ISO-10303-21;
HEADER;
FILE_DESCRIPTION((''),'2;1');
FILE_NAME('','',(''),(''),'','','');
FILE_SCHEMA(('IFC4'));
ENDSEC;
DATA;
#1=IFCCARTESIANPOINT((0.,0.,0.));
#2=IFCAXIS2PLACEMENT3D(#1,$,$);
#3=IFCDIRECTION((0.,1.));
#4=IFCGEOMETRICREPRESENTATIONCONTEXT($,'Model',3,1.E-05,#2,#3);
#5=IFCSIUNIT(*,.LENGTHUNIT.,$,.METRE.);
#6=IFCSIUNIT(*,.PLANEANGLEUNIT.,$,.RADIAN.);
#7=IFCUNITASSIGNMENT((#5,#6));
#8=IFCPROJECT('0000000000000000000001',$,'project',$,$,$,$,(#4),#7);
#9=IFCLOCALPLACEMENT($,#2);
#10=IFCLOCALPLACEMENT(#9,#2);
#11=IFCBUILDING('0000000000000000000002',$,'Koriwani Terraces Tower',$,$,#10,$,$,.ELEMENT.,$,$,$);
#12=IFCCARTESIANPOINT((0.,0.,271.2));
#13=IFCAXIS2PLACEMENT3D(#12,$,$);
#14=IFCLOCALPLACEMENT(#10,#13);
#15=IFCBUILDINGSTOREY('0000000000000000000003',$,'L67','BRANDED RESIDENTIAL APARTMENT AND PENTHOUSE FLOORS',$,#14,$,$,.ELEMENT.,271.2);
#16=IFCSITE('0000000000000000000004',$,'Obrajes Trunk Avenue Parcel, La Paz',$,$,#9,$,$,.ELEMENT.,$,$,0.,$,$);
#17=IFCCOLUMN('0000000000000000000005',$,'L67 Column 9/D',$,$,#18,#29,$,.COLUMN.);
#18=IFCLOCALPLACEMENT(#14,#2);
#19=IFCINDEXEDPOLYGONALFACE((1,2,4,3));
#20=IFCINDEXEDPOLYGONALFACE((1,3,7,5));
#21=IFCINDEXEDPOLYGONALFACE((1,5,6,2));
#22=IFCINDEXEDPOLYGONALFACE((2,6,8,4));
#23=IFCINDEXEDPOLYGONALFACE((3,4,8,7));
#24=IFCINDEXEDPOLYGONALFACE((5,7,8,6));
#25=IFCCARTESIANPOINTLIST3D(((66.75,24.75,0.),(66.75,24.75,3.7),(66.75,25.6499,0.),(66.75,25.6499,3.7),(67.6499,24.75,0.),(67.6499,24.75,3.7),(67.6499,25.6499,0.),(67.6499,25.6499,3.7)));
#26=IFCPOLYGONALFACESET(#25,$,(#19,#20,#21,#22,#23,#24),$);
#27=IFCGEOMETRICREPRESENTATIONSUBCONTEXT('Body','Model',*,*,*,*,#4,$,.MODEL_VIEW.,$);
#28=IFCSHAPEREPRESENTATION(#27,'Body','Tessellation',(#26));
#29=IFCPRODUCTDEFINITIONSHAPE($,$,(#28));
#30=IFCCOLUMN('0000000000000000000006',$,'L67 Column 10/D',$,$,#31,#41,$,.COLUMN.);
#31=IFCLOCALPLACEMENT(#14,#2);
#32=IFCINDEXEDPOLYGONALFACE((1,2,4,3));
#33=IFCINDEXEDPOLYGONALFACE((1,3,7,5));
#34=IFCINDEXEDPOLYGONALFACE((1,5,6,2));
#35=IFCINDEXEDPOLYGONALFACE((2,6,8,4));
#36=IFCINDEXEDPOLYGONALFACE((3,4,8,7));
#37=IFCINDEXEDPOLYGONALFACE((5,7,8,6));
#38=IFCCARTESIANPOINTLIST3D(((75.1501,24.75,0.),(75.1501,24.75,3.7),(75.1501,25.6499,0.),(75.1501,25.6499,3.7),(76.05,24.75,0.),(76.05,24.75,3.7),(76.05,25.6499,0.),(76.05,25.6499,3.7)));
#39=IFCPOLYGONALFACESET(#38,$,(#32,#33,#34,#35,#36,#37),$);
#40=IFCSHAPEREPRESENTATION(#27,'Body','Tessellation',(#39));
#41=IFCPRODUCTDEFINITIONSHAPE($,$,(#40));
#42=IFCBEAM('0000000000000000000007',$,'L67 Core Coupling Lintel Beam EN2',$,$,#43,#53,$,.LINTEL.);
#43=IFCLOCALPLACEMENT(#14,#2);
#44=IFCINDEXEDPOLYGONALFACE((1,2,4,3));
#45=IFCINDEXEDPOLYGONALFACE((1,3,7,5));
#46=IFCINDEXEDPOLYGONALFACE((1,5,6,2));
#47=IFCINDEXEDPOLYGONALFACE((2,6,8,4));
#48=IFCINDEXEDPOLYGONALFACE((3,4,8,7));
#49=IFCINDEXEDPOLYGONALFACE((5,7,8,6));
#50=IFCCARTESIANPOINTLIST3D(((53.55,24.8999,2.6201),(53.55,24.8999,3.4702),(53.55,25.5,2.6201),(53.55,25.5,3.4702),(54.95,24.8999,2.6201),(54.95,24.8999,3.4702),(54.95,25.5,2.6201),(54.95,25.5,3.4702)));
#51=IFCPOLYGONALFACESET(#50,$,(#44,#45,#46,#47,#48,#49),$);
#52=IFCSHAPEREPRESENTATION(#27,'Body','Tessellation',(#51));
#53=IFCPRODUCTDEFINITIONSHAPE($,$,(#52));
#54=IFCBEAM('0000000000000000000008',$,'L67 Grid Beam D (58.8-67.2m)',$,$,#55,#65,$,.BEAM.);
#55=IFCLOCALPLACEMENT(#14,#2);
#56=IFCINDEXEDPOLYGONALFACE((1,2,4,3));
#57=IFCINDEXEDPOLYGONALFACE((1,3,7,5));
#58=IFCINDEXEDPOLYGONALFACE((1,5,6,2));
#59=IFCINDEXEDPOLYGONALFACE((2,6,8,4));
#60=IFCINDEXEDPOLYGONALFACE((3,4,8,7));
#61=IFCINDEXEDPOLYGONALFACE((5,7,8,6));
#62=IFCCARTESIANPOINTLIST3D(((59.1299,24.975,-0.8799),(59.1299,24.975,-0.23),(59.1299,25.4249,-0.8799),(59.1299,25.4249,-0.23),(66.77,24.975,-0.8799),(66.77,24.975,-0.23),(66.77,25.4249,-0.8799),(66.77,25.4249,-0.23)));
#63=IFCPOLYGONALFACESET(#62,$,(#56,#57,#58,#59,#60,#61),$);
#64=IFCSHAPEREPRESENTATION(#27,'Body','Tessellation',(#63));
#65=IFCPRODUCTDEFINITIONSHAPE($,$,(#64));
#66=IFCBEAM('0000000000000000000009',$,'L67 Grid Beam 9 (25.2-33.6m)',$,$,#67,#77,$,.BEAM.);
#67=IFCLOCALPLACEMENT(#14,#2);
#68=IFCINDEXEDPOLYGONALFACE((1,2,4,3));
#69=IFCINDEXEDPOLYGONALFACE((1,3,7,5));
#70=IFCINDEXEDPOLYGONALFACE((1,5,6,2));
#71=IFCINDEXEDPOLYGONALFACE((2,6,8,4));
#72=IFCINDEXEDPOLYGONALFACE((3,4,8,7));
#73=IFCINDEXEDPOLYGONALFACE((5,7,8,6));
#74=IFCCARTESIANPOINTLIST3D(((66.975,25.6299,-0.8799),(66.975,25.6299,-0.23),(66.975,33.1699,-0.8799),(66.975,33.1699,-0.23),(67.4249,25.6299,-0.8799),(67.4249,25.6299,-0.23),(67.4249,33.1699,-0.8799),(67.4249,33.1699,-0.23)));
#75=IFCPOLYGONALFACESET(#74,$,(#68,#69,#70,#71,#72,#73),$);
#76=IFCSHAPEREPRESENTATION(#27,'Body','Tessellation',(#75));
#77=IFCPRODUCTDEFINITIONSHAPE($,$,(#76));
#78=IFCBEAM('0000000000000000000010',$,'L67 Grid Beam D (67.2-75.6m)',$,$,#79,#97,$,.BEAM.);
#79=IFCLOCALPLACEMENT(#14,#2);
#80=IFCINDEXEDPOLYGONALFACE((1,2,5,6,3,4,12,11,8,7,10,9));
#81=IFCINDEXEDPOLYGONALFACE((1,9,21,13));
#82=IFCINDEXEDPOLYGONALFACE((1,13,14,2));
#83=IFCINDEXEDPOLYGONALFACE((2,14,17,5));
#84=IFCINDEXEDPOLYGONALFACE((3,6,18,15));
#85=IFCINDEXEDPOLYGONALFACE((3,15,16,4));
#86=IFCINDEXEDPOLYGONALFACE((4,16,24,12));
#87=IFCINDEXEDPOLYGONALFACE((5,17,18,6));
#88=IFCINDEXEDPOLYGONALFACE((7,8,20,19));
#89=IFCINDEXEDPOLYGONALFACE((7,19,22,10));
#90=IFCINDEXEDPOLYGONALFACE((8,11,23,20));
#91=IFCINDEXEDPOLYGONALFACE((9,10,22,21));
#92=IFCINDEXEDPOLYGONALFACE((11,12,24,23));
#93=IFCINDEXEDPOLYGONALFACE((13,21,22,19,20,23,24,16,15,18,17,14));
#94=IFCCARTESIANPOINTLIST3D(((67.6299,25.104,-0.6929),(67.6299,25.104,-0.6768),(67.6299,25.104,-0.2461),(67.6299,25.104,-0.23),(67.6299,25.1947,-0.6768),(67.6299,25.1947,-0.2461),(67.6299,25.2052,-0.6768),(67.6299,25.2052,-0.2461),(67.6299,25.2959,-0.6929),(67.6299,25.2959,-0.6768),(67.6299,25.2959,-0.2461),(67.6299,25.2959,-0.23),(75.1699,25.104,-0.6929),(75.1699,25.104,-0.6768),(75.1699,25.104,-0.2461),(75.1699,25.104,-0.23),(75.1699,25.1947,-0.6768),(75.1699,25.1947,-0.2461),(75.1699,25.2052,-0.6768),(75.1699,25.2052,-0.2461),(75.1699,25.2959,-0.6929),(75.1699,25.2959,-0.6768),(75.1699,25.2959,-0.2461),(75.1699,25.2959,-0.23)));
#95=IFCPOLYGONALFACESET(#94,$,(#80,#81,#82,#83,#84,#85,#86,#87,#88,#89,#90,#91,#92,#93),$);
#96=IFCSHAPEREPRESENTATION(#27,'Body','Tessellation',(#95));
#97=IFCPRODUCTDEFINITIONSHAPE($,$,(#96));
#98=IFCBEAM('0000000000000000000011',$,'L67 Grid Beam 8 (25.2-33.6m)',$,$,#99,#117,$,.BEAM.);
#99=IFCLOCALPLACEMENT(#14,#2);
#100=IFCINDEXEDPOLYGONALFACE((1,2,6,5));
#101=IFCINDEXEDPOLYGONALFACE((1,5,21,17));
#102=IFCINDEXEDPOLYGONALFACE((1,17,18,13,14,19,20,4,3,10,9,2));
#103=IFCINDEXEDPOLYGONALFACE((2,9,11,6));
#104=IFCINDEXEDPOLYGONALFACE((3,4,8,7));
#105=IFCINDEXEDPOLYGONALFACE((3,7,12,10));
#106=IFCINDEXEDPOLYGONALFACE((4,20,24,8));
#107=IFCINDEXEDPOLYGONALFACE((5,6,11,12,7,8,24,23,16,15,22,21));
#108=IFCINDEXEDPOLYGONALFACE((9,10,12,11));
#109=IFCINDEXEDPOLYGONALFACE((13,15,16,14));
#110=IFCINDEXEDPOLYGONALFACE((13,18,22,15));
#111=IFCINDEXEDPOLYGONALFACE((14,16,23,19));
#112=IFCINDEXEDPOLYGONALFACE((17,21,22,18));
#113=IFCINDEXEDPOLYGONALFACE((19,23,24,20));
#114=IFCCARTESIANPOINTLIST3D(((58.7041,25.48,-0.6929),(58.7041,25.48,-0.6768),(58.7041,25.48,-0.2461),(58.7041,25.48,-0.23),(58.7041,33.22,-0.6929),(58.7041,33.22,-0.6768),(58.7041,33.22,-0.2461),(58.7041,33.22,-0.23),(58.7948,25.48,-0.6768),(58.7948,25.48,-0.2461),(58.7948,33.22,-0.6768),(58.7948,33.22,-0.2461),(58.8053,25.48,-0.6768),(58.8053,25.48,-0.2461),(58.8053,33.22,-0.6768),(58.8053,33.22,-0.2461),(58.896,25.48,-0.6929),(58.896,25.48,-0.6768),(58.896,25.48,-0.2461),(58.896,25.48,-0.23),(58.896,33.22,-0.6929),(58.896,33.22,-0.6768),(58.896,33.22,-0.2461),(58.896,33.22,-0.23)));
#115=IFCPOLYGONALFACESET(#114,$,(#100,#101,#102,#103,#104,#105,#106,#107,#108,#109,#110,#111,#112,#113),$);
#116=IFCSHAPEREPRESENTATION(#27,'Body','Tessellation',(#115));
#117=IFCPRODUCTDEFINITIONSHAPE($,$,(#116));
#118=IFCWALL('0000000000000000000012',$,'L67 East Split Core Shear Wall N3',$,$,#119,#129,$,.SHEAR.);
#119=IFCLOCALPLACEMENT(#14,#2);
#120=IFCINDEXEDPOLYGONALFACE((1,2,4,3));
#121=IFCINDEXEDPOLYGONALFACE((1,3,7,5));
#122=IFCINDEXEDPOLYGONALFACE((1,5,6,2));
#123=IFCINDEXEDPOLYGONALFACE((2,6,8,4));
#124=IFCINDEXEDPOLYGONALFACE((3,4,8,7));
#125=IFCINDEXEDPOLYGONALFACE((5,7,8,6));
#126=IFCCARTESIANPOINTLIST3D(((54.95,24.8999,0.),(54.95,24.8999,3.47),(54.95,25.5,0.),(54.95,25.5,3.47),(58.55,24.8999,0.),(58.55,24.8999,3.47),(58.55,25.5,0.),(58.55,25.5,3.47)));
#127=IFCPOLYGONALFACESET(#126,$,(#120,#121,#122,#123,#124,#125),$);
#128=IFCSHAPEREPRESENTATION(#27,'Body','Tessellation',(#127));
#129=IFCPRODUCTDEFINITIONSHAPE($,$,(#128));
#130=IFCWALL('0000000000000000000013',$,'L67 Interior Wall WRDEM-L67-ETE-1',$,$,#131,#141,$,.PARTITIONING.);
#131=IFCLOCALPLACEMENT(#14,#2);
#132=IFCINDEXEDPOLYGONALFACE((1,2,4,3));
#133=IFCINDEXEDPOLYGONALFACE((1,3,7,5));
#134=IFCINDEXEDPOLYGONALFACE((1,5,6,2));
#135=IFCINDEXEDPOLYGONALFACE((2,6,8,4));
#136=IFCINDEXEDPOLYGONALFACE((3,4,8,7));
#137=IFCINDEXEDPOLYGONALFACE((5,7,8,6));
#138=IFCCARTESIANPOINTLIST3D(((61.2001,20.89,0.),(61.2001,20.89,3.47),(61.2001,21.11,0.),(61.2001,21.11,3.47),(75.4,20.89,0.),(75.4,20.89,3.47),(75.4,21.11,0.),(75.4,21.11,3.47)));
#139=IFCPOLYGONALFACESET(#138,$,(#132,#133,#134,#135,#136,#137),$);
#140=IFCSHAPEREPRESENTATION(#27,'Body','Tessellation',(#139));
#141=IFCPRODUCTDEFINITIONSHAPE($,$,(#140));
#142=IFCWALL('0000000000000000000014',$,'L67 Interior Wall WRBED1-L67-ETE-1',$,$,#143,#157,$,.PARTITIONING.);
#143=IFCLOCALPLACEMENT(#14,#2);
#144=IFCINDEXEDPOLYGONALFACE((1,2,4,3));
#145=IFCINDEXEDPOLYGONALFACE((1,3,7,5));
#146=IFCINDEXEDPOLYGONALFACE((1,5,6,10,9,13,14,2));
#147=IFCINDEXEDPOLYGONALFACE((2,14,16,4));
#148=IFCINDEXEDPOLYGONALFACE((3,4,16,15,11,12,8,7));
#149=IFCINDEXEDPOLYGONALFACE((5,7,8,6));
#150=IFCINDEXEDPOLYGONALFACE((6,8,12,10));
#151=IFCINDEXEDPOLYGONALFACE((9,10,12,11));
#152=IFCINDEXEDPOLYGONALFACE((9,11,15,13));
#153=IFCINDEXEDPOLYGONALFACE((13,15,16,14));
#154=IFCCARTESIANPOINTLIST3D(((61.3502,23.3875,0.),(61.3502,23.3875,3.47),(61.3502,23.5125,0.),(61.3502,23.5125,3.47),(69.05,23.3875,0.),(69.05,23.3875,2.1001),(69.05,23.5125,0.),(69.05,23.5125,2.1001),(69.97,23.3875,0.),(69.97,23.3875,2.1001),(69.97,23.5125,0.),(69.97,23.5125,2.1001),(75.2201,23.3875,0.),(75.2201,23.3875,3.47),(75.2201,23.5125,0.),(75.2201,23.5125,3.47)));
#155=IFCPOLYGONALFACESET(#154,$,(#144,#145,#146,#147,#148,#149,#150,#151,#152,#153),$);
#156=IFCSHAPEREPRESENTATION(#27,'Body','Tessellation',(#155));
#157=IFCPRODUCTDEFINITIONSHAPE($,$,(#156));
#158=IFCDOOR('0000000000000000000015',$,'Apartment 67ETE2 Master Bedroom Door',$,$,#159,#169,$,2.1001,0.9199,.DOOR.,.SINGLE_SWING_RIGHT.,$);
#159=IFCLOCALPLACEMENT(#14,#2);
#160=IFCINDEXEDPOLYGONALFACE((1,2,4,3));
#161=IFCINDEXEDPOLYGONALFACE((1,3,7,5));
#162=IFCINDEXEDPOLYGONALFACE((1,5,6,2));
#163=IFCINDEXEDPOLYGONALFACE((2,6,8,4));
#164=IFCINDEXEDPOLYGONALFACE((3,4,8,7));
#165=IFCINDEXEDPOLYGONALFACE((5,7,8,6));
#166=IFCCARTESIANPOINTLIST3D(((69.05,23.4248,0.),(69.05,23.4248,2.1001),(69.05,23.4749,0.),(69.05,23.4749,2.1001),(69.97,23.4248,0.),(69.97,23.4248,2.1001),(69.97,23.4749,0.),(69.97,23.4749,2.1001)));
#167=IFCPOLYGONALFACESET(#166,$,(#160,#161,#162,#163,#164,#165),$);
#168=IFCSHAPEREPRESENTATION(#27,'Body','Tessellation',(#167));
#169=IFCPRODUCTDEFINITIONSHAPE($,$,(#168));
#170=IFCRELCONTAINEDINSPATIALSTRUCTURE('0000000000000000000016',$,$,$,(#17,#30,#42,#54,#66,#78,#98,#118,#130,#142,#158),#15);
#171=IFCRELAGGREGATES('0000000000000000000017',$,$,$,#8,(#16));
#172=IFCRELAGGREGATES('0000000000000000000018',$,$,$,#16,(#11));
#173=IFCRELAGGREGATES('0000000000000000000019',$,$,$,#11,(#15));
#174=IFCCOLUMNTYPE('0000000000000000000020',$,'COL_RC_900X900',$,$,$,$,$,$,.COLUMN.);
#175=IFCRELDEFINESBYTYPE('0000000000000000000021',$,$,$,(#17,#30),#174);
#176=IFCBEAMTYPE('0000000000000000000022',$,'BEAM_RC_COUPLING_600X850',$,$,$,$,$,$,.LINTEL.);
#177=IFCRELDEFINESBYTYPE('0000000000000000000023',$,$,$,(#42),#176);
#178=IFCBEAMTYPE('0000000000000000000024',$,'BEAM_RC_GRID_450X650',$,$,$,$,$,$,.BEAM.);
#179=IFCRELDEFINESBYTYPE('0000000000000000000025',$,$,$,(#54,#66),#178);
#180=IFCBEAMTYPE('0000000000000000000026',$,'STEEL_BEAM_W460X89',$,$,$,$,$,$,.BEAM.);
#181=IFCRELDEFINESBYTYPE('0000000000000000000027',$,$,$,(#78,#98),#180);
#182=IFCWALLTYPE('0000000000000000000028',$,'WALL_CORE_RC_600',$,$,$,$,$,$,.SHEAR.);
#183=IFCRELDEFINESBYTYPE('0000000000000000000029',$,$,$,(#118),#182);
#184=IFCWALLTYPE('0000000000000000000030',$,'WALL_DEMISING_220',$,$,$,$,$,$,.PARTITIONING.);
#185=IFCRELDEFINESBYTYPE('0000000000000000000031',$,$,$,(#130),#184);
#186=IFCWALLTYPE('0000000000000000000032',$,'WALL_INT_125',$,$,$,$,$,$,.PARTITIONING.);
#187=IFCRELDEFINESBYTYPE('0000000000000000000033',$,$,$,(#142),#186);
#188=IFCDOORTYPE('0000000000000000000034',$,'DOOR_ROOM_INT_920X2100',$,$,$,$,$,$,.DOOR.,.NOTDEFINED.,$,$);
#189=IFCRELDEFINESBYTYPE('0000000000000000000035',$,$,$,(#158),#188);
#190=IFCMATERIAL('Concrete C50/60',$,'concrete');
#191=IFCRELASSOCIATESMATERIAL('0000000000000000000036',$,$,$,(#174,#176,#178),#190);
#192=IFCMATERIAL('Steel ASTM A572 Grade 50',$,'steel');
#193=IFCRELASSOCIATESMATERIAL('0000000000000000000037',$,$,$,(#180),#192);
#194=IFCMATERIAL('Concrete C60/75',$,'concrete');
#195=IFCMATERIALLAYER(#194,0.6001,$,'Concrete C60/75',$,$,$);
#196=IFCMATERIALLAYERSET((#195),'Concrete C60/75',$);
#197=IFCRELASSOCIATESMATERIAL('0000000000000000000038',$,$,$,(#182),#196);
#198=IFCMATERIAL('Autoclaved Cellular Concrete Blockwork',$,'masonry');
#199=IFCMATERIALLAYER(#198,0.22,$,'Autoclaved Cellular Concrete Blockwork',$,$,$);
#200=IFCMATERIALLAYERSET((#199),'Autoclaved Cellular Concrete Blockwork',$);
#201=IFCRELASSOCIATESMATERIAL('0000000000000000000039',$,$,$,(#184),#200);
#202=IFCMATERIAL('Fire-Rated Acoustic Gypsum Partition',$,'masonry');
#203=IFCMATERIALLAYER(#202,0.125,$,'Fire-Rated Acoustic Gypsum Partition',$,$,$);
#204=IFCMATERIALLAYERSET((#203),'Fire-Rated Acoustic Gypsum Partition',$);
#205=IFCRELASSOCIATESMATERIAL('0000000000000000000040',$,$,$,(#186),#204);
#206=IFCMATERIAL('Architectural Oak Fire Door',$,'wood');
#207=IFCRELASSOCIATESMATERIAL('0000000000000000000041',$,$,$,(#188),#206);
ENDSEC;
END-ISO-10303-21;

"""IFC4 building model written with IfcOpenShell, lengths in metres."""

from ifc_helpers import new_model, si_unit, direction, frame, frame_2d, origin, origin_2d, place, context, subcontext, project, spatial, rectangle, i_section, extrude, material, layer, layer_set, material_profile, profile_set, type_object, element, fill, save


model = new_model("IFC4")

# Units and contexts
model_context = context("Model", 3, precision=1e-05, world=origin(), true_north=direction((0.0, 1.0)))
body_context = subcontext(model_context, "Body", "Model", "MODEL_VIEW")
ifc_project = project(units=[si_unit("LENGTHUNIT", "METRE"), si_unit("PLANEANGLEUNIT", "RADIAN")], contexts=[model_context])

# Site, building, storey
site_placement = place(None, origin())
site = spatial("IfcSite", under=ifc_project, at=site_placement, Name="Obrajes Trunk Avenue Parcel, La Paz", CompositionType="ELEMENT", RefElevation=0.0)
building_placement = place(site_placement, origin())
building = spatial("IfcBuilding", under=site, at=building_placement, Name="Koriwani Terraces Tower", CompositionType="ELEMENT")
storey_placement = place(building_placement, frame((0.0, 0.0, 271.2)))
storey = spatial("IfcBuildingStorey", under=building, at=storey_placement, Name="L67", Description="BRANDED RESIDENTIAL APARTMENT AND PENTHOUSE FLOORS", CompositionType="ELEMENT", Elevation=271.2)

# Columns
ifc_material_1 = material(Name="Concrete C50/60", Category="concrete")
ifc_material_profile_1 = material_profile(ifc_material_1, rectangle(XDim=0.8999, YDim=0.8999, at=origin_2d()), Name="Concrete C50/60", Category="LoadBearing")
ifc_profile_set_1 = profile_set([ifc_material_profile_1], Name="Concrete C50/60")
column_type = type_object("IfcColumnType", Name="COL_RC_900X900", PredefinedType="COLUMN", material=ifc_profile_set_1)
for number, where, z_axis, x_axis, name in (
    (1, (67.2, 25.2, 0.0), (0.0, 0.0, 1.0), (1.0, 0.0, 0.0), "L67 Column 9/D"),
    (2, (75.6001, 25.2, 0.0), (0.0, 0.0, 1.0), (1.0, 0.0, 0.0), "L67 Column 10/D"),
):
    element("IfcColumn", number, at=place(storey_placement, frame(where, z_axis=z_axis, x_axis=x_axis)), inside=storey, type_object=column_type, Name=name, PredefinedType="COLUMN", context=body_context, shape_type="SweptSolid", body=[
        extrude(rectangle(XDim=0.8999, YDim=0.8999, at=origin_2d()), origin(), (0.0, 0.0, 1.0), 3.7),
    ])

# Beams
ifc_material_profile_2 = material_profile(ifc_material_1, rectangle(XDim=0.6001, YDim=0.8501, at=origin_2d()), Name="Concrete C50/60", Category="LoadBearing")
ifc_profile_set_2 = profile_set([ifc_material_profile_2], Name="Concrete C50/60")
beam_type_1 = type_object("IfcBeamType", Name="BEAM_RC_COUPLING_600X850", PredefinedType="LINTEL", material=ifc_profile_set_2)
beam_1_placement = place(storey_placement, frame((53.55, 25.2, 3.0452), z_axis=(1.0, 0.0, 0.0), x_axis=(0.0, 1.0, 0.0)))
element("IfcBeam", 3, at=beam_1_placement, inside=storey, type_object=beam_type_1, Name="L67 Core Coupling Lintel Beam EN2", PredefinedType="LINTEL", context=body_context, shape_type="SweptSolid", body=[
    extrude(rectangle(XDim=0.6001, YDim=0.8501, at=origin_2d()), origin(), (0.0, 0.0, 1.0), 1.3999),
])
ifc_material_profile_3 = material_profile(ifc_material_1, rectangle(XDim=0.45, YDim=0.6499, at=origin_2d()), Name="Concrete C50/60", Category="LoadBearing")
ifc_profile_set_3 = profile_set([ifc_material_profile_3], Name="Concrete C50/60")
beam_type_2 = type_object("IfcBeamType", Name="BEAM_RC_GRID_450X650", PredefinedType="BEAM", material=ifc_profile_set_3)
beam_2_placement = place(storey_placement, frame((59.1299, 25.2, -0.5549), z_axis=(1.0, 0.0, 0.0), x_axis=(0.0, 1.0, 0.0)))
element("IfcBeam", 4, at=beam_2_placement, inside=storey, type_object=beam_type_2, Name="L67 Grid Beam D (58.8-67.2m)", PredefinedType="BEAM", context=body_context, shape_type="SweptSolid", body=[
    extrude(rectangle(XDim=0.45, YDim=0.6499, at=origin_2d()), origin(), (0.0, 0.0, 1.0), 7.6401),
])
beam_3_placement = place(storey_placement, frame((67.2, 25.6299, -0.5549), z_axis=(0.0, 1.0, 0.0), x_axis=(-1.0, 0.0, 0.0)))
element("IfcBeam", 5, at=beam_3_placement, inside=storey, type_object=beam_type_2, Name="L67 Grid Beam 9 (25.2-33.6m)", PredefinedType="BEAM", context=body_context, shape_type="SweptSolid", body=[
    extrude(rectangle(XDim=0.45, YDim=0.6499, at=origin_2d()), origin(), (0.0, 0.0, 1.0), 7.54),
])
ifc_material_2 = material(Name="Steel ASTM A572 Grade 50", Category="steel")
ifc_material_profile_4 = material_profile(ifc_material_2, i_section(OverallWidth=0.1919, OverallDepth=0.4629, WebThickness=0.0105, FlangeThickness=0.0161, at=origin_2d()), Name="Steel ASTM A572 Grade 50", Category="LoadBearing")
ifc_profile_set_4 = profile_set([ifc_material_profile_4], Name="Steel ASTM A572 Grade 50")
beam_type_3 = type_object("IfcBeamType", Name="STEEL_BEAM_W460X89", PredefinedType="BEAM", material=ifc_profile_set_4)
beam_4_placement = place(storey_placement, frame((67.6299, 25.2, -0.4614), z_axis=(1.0, 0.0, 0.0), x_axis=(0.0, 1.0, 0.0)))
element("IfcBeam", 6, at=beam_4_placement, inside=storey, type_object=beam_type_3, Name="L67 Grid Beam D (67.2-75.6m)", PredefinedType="BEAM", context=body_context, shape_type="SweptSolid", body=[
    extrude(i_section(OverallWidth=0.1919, OverallDepth=0.4629, WebThickness=0.0105, FlangeThickness=0.0161, at=origin_2d()), origin(), (0.0, 0.0, 1.0), 7.54),
])
beam_5_placement = place(storey_placement, frame((58.8, 25.48, -0.4614), z_axis=(0.0, 1.0, 0.0), x_axis=(-1.0, 0.0, 0.0)))
element("IfcBeam", 7, at=beam_5_placement, inside=storey, type_object=beam_type_3, Name="L67 Grid Beam 8 (25.2-33.6m)", PredefinedType="BEAM", context=body_context, shape_type="SweptSolid", body=[
    extrude(i_section(OverallWidth=0.1919, OverallDepth=0.4629, WebThickness=0.0105, FlangeThickness=0.0161, at=origin_2d()), origin(), (0.0, 0.0, 1.0), 7.74),
])

# Walls
ifc_material_3 = material(Name="Concrete C60/75", Category="concrete")
ifc_layer_1 = layer(ifc_material_3, 0.6001, Name="Concrete C60/75")
ifc_layer_set_1 = layer_set([ifc_layer_1], Name="Concrete C60/75")
wall_type_1 = type_object("IfcWallType", Name="WALL_CORE_RC_600", PredefinedType="SHEAR", material=ifc_layer_set_1)
wall_1_placement = place(storey_placement, frame((54.95, 25.2, 0.0), z_axis=(0.0, 0.0, 1.0), x_axis=(1.0, 0.0, 0.0)))
element("IfcWall", 8, at=wall_1_placement, inside=storey, type_object=wall_type_1, Name="L67 East Split Core Shear Wall N3", PredefinedType="SHEAR", context=body_context, shape_type="SweptSolid", body=[
    extrude(rectangle(XDim=3.6001, YDim=0.6001, at=frame_2d((1.8, 0.0))), origin(), (0.0, 0.0, 1.0), 3.47),
])
ifc_material_4 = material(Name="Autoclaved Cellular Concrete Blockwork", Category="masonry")
ifc_layer_2 = layer(ifc_material_4, 0.22, Name="Autoclaved Cellular Concrete Blockwork")
ifc_layer_set_2 = layer_set([ifc_layer_2], Name="Autoclaved Cellular Concrete Blockwork")
wall_type_2 = type_object("IfcWallType", Name="WALL_DEMISING_220", PredefinedType="PARTITIONING", material=ifc_layer_set_2)
wall_2_placement = place(storey_placement, frame((61.2, 21.0, 0.0), z_axis=(0.0, 0.0, 1.0), x_axis=(1.0, 0.0, 0.0)))
element("IfcWall", 9, at=wall_2_placement, inside=storey, type_object=wall_type_2, Name="L67 Interior Wall WRDEM-L67-ETE-1", PredefinedType="PARTITIONING", context=body_context, shape_type="SweptSolid", body=[
    extrude(rectangle(XDim=14.2, YDim=0.22, at=frame_2d((7.1001, 0.0))), origin(), (0.0, 0.0, 1.0), 3.47),
])

# Wall, opening, door
ifc_material_5 = material(Name="Fire-Rated Acoustic Gypsum Partition", Category="masonry")
ifc_layer_3 = layer(ifc_material_5, 0.125, Name="Fire-Rated Acoustic Gypsum Partition")
ifc_layer_set_3 = layer_set([ifc_layer_3], Name="Fire-Rated Acoustic Gypsum Partition")
wall_type_3 = type_object("IfcWallType", Name="WALL_INT_125", PredefinedType="PARTITIONING", material=ifc_layer_set_3)
wall_3_placement = place(storey_placement, frame((61.3501, 23.45, 0.0), z_axis=(0.0, 0.0, 1.0), x_axis=(1.0, 0.0, 0.0)))
wall_3 = element("IfcWall", 10, at=wall_3_placement, inside=storey, type_object=wall_type_3, Name="L67 Interior Wall WRBED1-L67-ETE-1", PredefinedType="PARTITIONING", context=body_context, shape_type="SweptSolid", body=[
    extrude(rectangle(XDim=13.8699, YDim=0.125, at=frame_2d((6.9351, 0.0))), origin(), (0.0, 0.0, 1.0), 3.47),
])
opening_1_placement = place(wall_3_placement, frame((7.7, 0.0, 0.0)))
opening_1 = element("IfcOpeningElement", 11, at=opening_1_placement, cuts=wall_3, PredefinedType="OPENING", context=body_context, shape_type="SweptSolid", body=[
    extrude(rectangle(XDim=0.9199, YDim=2.1001, at=frame_2d((0.46, 1.05))), frame((0.0, 0.0725, 0.0), z_axis=(0.0, -1.0, 0.0), x_axis=(1.0, 0.0, 0.0)), (0.0, 0.0, 1.0), 0.145),
])
ifc_material_6 = material(Name="Architectural Oak Fire Door", Category="wood")
door_type_1 = type_object("IfcDoorType", Name="DOOR_ROOM_INT_920X2100", OperationType="NOTDEFINED", PredefinedType="DOOR", material=ifc_material_6)
door_1_placement = place(opening_1_placement, origin())
door_1 = element("IfcDoor", 12, at=door_1_placement, inside=storey, type_object=door_type_1, Name="Apartment 67ETE2 Master Bedroom Door", OperationType="SINGLE_SWING_RIGHT", OverallHeight=2.1001, OverallWidth=0.9199, PredefinedType="DOOR", context=body_context, shape_type="SweptSolid", body=[
    extrude(rectangle(XDim=0.9199, YDim=2.1001, at=frame_2d((0.46, 1.05))), frame((0.0, 0.0249, 0.0), z_axis=(0.0, -1.0, 0.0), x_axis=(1.0, 0.0, 0.0)), (0.0, 0.0, 1.0), 0.05),
])
fill(opening_1, door_1)

save(model, "model.ifc")
